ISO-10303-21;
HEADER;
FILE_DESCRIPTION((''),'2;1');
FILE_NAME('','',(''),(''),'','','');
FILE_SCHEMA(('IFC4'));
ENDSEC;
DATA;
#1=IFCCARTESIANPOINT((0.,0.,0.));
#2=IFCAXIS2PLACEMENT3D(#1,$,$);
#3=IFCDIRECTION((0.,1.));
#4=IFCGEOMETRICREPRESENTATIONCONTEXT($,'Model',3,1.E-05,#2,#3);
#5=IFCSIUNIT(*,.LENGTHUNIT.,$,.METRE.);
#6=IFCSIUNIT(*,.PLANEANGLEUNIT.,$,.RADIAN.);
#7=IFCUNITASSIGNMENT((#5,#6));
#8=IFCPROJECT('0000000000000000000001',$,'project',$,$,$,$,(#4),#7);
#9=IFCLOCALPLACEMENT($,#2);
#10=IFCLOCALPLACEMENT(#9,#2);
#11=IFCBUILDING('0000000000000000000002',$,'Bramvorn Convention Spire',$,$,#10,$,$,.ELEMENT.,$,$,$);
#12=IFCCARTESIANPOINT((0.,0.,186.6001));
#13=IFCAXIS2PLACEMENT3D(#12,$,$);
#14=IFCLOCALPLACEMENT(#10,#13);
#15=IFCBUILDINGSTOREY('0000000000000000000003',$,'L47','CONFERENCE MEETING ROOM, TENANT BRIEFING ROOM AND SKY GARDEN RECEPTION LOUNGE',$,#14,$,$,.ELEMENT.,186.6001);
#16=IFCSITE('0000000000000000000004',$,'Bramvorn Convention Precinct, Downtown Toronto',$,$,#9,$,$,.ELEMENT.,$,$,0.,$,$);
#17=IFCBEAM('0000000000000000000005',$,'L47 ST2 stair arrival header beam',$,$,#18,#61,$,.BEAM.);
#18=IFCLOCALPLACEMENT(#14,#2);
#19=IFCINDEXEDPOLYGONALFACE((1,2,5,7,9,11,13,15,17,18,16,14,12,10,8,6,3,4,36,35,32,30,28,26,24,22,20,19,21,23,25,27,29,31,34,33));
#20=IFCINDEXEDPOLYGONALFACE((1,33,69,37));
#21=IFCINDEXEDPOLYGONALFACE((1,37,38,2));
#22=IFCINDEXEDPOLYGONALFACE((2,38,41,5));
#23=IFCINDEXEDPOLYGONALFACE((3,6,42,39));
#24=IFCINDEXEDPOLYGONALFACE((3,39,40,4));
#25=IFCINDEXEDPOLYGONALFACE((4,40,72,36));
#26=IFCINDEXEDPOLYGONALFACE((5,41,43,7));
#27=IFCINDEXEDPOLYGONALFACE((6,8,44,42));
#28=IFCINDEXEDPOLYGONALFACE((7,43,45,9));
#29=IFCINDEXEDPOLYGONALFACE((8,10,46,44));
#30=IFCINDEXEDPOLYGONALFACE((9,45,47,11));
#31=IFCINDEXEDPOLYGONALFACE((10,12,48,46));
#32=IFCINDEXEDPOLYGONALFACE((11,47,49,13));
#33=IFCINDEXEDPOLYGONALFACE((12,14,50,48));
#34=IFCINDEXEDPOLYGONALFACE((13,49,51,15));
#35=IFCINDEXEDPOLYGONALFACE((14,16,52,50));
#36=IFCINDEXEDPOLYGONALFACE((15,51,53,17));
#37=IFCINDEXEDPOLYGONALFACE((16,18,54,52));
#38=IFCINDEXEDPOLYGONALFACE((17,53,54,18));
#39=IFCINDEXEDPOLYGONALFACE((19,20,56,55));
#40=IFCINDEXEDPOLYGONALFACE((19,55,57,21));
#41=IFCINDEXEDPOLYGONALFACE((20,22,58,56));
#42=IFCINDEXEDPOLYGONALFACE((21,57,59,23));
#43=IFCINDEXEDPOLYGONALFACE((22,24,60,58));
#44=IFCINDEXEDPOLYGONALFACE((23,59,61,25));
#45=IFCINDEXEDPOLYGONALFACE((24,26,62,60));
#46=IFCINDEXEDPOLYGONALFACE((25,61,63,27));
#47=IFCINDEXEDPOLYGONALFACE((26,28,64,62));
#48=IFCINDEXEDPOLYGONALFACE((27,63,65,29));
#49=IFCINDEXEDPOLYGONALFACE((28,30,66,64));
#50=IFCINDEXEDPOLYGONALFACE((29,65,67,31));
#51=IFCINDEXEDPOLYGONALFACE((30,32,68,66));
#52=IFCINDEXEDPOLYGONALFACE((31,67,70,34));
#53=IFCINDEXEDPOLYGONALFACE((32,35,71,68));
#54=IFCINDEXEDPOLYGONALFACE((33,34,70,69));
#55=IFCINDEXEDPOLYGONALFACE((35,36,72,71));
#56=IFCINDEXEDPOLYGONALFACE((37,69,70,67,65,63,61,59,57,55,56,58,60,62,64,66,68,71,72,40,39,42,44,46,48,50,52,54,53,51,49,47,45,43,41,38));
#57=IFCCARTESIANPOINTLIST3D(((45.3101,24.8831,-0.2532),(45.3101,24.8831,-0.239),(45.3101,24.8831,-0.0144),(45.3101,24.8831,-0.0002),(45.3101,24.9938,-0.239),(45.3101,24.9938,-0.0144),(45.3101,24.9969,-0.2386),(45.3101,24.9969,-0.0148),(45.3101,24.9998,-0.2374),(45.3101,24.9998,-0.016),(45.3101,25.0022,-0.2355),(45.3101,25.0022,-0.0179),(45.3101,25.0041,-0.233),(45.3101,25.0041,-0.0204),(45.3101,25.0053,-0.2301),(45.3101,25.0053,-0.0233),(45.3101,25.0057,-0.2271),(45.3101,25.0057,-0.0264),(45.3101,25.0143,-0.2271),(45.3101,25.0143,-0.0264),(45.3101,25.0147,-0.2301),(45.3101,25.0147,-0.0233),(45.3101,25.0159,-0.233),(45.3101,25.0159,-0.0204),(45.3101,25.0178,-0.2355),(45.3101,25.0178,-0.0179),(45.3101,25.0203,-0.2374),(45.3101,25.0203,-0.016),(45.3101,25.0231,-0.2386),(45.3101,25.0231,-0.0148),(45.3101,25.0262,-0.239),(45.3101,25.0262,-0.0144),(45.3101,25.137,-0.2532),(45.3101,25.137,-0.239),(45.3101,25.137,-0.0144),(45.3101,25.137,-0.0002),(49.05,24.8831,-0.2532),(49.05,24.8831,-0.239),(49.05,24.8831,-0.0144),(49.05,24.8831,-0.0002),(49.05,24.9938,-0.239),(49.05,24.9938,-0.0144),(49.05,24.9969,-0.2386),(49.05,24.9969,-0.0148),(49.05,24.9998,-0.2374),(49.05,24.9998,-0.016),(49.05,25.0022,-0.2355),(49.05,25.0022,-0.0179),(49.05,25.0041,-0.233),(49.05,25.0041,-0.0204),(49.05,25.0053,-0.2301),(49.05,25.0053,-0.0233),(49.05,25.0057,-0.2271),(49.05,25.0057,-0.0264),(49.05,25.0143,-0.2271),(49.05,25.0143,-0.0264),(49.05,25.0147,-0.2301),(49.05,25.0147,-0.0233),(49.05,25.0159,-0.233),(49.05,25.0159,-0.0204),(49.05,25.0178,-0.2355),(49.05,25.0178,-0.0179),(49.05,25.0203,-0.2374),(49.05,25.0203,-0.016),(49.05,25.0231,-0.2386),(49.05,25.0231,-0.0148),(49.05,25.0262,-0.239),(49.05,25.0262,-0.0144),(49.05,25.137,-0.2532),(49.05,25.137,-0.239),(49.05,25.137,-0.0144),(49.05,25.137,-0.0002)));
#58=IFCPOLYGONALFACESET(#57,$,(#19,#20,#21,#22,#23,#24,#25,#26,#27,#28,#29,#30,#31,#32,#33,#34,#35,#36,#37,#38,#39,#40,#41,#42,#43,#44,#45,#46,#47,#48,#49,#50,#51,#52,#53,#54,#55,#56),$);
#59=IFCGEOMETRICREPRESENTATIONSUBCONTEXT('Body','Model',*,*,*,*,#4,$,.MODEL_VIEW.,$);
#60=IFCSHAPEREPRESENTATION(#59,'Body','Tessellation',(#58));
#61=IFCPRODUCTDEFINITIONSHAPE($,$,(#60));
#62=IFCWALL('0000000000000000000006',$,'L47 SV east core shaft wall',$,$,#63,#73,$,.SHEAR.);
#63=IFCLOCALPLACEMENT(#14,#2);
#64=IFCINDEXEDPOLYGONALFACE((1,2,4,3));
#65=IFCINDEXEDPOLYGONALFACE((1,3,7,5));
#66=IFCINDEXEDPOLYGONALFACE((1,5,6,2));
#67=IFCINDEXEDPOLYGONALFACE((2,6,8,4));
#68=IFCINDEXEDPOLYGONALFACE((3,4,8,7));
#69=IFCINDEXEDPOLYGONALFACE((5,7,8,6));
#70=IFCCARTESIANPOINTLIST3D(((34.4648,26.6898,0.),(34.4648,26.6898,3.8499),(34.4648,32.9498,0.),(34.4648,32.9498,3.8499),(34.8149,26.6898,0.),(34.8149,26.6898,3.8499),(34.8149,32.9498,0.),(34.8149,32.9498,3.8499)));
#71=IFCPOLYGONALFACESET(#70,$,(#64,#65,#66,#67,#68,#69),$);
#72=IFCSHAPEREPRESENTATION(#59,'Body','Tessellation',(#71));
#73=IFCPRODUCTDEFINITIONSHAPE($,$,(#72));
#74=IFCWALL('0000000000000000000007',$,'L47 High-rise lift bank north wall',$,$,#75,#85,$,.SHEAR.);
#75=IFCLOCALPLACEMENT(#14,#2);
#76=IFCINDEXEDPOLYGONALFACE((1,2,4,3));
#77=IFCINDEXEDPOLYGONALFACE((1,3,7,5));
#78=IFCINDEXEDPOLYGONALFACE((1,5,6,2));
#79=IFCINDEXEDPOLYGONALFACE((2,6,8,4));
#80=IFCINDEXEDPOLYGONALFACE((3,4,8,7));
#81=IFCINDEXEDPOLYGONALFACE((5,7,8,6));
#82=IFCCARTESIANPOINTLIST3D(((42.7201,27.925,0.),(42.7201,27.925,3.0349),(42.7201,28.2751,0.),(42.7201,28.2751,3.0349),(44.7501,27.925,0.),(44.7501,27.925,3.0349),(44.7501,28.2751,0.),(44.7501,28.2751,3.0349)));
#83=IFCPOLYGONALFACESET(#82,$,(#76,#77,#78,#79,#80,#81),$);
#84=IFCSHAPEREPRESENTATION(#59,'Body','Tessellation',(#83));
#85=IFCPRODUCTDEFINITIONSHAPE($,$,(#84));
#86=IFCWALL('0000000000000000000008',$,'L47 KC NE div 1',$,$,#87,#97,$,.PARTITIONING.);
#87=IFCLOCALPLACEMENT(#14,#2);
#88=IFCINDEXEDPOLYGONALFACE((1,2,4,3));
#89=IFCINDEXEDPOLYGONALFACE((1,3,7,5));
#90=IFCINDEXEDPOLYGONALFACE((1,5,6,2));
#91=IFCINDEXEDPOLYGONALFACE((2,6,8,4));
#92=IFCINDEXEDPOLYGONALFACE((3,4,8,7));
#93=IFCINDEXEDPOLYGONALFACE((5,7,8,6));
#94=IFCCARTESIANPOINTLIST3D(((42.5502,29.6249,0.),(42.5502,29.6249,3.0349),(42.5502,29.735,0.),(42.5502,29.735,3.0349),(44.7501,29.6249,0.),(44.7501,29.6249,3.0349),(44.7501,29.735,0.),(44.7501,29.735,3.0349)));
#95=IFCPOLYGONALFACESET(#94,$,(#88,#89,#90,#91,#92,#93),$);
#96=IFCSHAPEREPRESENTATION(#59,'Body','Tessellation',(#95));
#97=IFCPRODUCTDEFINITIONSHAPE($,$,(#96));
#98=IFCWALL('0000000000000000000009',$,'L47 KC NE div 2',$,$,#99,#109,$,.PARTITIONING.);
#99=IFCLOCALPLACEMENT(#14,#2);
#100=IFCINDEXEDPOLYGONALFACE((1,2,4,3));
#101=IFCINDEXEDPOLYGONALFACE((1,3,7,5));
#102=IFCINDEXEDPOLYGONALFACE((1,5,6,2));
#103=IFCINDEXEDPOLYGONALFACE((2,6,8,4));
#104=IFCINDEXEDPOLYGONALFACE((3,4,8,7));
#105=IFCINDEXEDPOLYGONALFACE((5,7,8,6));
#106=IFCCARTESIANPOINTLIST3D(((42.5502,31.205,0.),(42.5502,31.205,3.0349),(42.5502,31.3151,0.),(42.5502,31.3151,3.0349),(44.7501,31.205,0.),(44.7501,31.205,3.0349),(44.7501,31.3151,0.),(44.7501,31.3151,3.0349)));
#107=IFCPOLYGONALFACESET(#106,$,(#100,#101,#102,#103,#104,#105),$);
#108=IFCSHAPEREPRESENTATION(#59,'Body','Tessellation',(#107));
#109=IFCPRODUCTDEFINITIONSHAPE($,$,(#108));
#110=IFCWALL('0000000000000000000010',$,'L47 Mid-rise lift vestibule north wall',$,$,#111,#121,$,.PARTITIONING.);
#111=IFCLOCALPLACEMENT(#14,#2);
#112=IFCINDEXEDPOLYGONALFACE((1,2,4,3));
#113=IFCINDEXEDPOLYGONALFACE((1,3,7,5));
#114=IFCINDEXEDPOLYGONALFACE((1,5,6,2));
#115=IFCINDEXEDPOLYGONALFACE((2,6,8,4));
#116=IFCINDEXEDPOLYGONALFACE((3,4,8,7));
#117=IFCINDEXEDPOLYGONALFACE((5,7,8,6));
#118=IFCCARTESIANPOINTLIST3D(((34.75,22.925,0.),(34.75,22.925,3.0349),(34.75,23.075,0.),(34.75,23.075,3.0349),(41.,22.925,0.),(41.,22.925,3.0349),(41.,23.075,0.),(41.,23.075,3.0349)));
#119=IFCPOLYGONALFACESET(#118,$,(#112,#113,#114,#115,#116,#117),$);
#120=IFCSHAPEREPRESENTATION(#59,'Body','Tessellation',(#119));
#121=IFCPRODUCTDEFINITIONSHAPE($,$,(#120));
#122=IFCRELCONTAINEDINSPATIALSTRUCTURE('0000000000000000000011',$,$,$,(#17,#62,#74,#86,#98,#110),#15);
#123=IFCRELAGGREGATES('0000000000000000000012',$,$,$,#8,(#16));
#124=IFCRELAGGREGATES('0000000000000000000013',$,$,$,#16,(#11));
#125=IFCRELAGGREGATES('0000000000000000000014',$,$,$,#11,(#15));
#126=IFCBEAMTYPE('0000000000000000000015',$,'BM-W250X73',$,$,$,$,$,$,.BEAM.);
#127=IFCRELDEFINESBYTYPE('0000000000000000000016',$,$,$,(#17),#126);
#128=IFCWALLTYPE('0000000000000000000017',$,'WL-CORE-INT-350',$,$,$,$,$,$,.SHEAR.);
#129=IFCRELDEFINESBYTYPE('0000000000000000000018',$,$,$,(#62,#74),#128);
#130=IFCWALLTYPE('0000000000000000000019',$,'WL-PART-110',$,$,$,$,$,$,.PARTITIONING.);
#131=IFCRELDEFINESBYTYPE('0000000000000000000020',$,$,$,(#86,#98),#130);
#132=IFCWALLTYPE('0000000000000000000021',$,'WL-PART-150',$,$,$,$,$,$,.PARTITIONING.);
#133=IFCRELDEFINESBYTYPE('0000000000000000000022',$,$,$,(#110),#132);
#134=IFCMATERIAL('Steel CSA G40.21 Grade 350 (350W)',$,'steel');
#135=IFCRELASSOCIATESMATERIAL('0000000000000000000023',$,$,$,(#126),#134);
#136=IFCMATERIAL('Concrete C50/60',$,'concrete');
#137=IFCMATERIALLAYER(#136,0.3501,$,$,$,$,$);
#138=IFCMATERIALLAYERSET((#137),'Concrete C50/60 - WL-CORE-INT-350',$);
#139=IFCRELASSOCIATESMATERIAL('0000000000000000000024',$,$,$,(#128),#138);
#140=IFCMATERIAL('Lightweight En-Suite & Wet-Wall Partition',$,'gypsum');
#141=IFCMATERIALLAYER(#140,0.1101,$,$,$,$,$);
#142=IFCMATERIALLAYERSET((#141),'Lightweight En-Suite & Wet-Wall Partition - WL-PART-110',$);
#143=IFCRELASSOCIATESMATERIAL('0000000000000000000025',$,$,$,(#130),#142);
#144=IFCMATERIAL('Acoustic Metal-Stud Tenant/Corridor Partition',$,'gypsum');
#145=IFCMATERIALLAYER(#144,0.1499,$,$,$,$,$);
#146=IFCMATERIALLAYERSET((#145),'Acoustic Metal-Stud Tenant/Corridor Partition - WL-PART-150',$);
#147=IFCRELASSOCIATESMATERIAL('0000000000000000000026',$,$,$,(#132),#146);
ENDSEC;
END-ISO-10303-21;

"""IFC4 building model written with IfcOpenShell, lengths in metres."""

from ifc_helpers import new_model, si_unit, direction, frame, frame_2d, origin, origin_2d, place, context, subcontext, project, spatial, rectangle, i_section, extrude, material, layer, layer_set, material_profile, profile_set, type_object, element, save


model = new_model("IFC4")

# Units and contexts
model_context = context("Model", 3, precision=1e-05, world=origin(), true_north=direction((0.0, 1.0)))
body_context = subcontext(model_context, "Body", "Model", "MODEL_VIEW")
ifc_project = project(units=[si_unit("LENGTHUNIT", "METRE"), si_unit("PLANEANGLEUNIT", "RADIAN")], contexts=[model_context])

# Site, building, storey
site_placement = place(None, origin())
site = spatial("IfcSite", under=ifc_project, at=site_placement, Name="Bramvorn Convention Precinct, Downtown Toronto", CompositionType="ELEMENT", RefElevation=0.0)
building_placement = place(site_placement, origin())
building = spatial("IfcBuilding", under=site, at=building_placement, Name="Bramvorn Convention Spire", CompositionType="ELEMENT")
storey_placement = place(building_placement, frame((0.0, 0.0, 186.6001)))
storey = spatial("IfcBuildingStorey", under=building, at=storey_placement, Name="L47", Description="CONFERENCE MEETING ROOM, TENANT BRIEFING ROOM AND SKY GARDEN RECEPTION LOUNGE", CompositionType="ELEMENT", Elevation=186.6001)

# Beam
ifc_material_1 = material(Name="Steel CSA G40.21 Grade 350 (350W)", Category="steel")
ifc_material_profile = material_profile(ifc_material_1, i_section(OverallWidth=0.2539, OverallDepth=0.2529, WebThickness=0.0085, FlangeThickness=0.0142, FilletRadius=0.012, at=origin_2d()))
ifc_profile_set = profile_set([ifc_material_profile], Name="Steel CSA G40.21 Grade 350 (350W) - W250X73")
beam_type = type_object("IfcBeamType", Name="BM-W250X73", PredefinedType="BEAM", material=ifc_profile_set)
beam_placement = place(storey_placement, frame((45.3101, 25.01, -0.1267), z_axis=(1.0, 0.0, 0.0), x_axis=(0.0, 1.0, 0.0)))
element("IfcBeam", 1, at=beam_placement, inside=storey, type_object=beam_type, Name="L47 ST2 stair arrival header beam", PredefinedType="BEAM", context=body_context, shape_type="SweptSolid", body=[
    extrude(i_section(OverallWidth=0.2539, OverallDepth=0.2529, WebThickness=0.0085, FlangeThickness=0.0142, FilletRadius=0.012, at=origin_2d()), origin(), (0.0, 0.0, 1.0), 3.74),
])

# Shared definitions
ifc_material_2 = material(Name="Concrete C50/60", Category="concrete")
ifc_layer_1 = layer(ifc_material_2, 0.3501)
ifc_layer_set_1 = layer_set([ifc_layer_1], Name="Concrete C50/60 - WL-CORE-INT-350")
wall_type_1 = type_object("IfcWallType", Name="WL-CORE-INT-350", PredefinedType="SHEAR", material=ifc_layer_set_1)

# Walls
wall_1_placement = place(storey_placement, frame((34.6399, 26.6899, 0.0), z_axis=(0.0, 0.0, 1.0), x_axis=(0.0, 1.0, 0.0)))
element("IfcWall", 2, at=wall_1_placement, inside=storey, type_object=wall_type_1, Name="L47 SV east core shaft wall", PredefinedType="SHEAR", context=body_context, shape_type="SweptSolid", body=[
    extrude(rectangle(XDim=6.26, YDim=0.3501, at=frame_2d((3.1299, 0.0))), origin(), (0.0, 0.0, 1.0), 3.8499),
])
wall_2_placement = place(storey_placement, frame((42.72, 28.1001, 0.0), z_axis=(0.0, 0.0, 1.0), x_axis=(1.0, 0.0, 0.0)))
element("IfcWall", 3, at=wall_2_placement, inside=storey, type_object=wall_type_1, Name="L47 High-rise lift bank north wall", PredefinedType="SHEAR", context=body_context, shape_type="SweptSolid", body=[
    extrude(rectangle(XDim=2.03, YDim=0.3501, at=frame_2d((1.0151, 0.0))), origin(), (0.0, 0.0, 1.0), 3.0349),
])
ifc_material_3 = material(Name="Lightweight En-Suite & Wet-Wall Partition", Category="gypsum")
ifc_layer_2 = layer(ifc_material_3, 0.1101)
ifc_layer_set_2 = layer_set([ifc_layer_2], Name="Lightweight En-Suite & Wet-Wall Partition - WL-PART-110")
wall_type_2 = type_object("IfcWallType", Name="WL-PART-110", PredefinedType="PARTITIONING", material=ifc_layer_set_2)
for number, where, z_axis, x_axis, name in (
    (4, (42.55, 29.6799, 0.0), (0.0, 0.0, 1.0), (1.0, 0.0, 0.0), "L47 KC NE div 1"),
    (5, (42.55, 31.26, 0.0), (0.0, 0.0, 1.0), (1.0, 0.0, 0.0), "L47 KC NE div 2"),
):
    element("IfcWall", number, at=place(storey_placement, frame(where, z_axis=z_axis, x_axis=x_axis)), inside=storey, type_object=wall_type_2, Name=name, PredefinedType="PARTITIONING", context=body_context, shape_type="SweptSolid", body=[
        extrude(rectangle(XDim=2.2, YDim=0.1101, at=frame_2d((1.1001, 0.0))), origin(), (0.0, 0.0, 1.0), 3.0349),
    ])
ifc_material_4 = material(Name="Acoustic Metal-Stud Tenant/Corridor Partition", Category="gypsum")
ifc_layer_3 = layer(ifc_material_4, 0.1499)
ifc_layer_set_3 = layer_set([ifc_layer_3], Name="Acoustic Metal-Stud Tenant/Corridor Partition - WL-PART-150")
wall_type_3 = type_object("IfcWallType", Name="WL-PART-150", PredefinedType="PARTITIONING", material=ifc_layer_set_3)
wall_3_placement = place(storey_placement, frame((34.75, 23.0, 0.0), z_axis=(0.0, 0.0, 1.0), x_axis=(1.0, 0.0, 0.0)))
element("IfcWall", 6, at=wall_3_placement, inside=storey, type_object=wall_type_3, Name="L47 Mid-rise lift vestibule north wall", PredefinedType="PARTITIONING", context=body_context, shape_type="SweptSolid", body=[
    extrude(rectangle(XDim=6.25, YDim=0.1499, at=frame_2d((3.125, 0.0))), origin(), (0.0, 0.0, 1.0), 3.0349),
])

save(model, "model.ifc")
